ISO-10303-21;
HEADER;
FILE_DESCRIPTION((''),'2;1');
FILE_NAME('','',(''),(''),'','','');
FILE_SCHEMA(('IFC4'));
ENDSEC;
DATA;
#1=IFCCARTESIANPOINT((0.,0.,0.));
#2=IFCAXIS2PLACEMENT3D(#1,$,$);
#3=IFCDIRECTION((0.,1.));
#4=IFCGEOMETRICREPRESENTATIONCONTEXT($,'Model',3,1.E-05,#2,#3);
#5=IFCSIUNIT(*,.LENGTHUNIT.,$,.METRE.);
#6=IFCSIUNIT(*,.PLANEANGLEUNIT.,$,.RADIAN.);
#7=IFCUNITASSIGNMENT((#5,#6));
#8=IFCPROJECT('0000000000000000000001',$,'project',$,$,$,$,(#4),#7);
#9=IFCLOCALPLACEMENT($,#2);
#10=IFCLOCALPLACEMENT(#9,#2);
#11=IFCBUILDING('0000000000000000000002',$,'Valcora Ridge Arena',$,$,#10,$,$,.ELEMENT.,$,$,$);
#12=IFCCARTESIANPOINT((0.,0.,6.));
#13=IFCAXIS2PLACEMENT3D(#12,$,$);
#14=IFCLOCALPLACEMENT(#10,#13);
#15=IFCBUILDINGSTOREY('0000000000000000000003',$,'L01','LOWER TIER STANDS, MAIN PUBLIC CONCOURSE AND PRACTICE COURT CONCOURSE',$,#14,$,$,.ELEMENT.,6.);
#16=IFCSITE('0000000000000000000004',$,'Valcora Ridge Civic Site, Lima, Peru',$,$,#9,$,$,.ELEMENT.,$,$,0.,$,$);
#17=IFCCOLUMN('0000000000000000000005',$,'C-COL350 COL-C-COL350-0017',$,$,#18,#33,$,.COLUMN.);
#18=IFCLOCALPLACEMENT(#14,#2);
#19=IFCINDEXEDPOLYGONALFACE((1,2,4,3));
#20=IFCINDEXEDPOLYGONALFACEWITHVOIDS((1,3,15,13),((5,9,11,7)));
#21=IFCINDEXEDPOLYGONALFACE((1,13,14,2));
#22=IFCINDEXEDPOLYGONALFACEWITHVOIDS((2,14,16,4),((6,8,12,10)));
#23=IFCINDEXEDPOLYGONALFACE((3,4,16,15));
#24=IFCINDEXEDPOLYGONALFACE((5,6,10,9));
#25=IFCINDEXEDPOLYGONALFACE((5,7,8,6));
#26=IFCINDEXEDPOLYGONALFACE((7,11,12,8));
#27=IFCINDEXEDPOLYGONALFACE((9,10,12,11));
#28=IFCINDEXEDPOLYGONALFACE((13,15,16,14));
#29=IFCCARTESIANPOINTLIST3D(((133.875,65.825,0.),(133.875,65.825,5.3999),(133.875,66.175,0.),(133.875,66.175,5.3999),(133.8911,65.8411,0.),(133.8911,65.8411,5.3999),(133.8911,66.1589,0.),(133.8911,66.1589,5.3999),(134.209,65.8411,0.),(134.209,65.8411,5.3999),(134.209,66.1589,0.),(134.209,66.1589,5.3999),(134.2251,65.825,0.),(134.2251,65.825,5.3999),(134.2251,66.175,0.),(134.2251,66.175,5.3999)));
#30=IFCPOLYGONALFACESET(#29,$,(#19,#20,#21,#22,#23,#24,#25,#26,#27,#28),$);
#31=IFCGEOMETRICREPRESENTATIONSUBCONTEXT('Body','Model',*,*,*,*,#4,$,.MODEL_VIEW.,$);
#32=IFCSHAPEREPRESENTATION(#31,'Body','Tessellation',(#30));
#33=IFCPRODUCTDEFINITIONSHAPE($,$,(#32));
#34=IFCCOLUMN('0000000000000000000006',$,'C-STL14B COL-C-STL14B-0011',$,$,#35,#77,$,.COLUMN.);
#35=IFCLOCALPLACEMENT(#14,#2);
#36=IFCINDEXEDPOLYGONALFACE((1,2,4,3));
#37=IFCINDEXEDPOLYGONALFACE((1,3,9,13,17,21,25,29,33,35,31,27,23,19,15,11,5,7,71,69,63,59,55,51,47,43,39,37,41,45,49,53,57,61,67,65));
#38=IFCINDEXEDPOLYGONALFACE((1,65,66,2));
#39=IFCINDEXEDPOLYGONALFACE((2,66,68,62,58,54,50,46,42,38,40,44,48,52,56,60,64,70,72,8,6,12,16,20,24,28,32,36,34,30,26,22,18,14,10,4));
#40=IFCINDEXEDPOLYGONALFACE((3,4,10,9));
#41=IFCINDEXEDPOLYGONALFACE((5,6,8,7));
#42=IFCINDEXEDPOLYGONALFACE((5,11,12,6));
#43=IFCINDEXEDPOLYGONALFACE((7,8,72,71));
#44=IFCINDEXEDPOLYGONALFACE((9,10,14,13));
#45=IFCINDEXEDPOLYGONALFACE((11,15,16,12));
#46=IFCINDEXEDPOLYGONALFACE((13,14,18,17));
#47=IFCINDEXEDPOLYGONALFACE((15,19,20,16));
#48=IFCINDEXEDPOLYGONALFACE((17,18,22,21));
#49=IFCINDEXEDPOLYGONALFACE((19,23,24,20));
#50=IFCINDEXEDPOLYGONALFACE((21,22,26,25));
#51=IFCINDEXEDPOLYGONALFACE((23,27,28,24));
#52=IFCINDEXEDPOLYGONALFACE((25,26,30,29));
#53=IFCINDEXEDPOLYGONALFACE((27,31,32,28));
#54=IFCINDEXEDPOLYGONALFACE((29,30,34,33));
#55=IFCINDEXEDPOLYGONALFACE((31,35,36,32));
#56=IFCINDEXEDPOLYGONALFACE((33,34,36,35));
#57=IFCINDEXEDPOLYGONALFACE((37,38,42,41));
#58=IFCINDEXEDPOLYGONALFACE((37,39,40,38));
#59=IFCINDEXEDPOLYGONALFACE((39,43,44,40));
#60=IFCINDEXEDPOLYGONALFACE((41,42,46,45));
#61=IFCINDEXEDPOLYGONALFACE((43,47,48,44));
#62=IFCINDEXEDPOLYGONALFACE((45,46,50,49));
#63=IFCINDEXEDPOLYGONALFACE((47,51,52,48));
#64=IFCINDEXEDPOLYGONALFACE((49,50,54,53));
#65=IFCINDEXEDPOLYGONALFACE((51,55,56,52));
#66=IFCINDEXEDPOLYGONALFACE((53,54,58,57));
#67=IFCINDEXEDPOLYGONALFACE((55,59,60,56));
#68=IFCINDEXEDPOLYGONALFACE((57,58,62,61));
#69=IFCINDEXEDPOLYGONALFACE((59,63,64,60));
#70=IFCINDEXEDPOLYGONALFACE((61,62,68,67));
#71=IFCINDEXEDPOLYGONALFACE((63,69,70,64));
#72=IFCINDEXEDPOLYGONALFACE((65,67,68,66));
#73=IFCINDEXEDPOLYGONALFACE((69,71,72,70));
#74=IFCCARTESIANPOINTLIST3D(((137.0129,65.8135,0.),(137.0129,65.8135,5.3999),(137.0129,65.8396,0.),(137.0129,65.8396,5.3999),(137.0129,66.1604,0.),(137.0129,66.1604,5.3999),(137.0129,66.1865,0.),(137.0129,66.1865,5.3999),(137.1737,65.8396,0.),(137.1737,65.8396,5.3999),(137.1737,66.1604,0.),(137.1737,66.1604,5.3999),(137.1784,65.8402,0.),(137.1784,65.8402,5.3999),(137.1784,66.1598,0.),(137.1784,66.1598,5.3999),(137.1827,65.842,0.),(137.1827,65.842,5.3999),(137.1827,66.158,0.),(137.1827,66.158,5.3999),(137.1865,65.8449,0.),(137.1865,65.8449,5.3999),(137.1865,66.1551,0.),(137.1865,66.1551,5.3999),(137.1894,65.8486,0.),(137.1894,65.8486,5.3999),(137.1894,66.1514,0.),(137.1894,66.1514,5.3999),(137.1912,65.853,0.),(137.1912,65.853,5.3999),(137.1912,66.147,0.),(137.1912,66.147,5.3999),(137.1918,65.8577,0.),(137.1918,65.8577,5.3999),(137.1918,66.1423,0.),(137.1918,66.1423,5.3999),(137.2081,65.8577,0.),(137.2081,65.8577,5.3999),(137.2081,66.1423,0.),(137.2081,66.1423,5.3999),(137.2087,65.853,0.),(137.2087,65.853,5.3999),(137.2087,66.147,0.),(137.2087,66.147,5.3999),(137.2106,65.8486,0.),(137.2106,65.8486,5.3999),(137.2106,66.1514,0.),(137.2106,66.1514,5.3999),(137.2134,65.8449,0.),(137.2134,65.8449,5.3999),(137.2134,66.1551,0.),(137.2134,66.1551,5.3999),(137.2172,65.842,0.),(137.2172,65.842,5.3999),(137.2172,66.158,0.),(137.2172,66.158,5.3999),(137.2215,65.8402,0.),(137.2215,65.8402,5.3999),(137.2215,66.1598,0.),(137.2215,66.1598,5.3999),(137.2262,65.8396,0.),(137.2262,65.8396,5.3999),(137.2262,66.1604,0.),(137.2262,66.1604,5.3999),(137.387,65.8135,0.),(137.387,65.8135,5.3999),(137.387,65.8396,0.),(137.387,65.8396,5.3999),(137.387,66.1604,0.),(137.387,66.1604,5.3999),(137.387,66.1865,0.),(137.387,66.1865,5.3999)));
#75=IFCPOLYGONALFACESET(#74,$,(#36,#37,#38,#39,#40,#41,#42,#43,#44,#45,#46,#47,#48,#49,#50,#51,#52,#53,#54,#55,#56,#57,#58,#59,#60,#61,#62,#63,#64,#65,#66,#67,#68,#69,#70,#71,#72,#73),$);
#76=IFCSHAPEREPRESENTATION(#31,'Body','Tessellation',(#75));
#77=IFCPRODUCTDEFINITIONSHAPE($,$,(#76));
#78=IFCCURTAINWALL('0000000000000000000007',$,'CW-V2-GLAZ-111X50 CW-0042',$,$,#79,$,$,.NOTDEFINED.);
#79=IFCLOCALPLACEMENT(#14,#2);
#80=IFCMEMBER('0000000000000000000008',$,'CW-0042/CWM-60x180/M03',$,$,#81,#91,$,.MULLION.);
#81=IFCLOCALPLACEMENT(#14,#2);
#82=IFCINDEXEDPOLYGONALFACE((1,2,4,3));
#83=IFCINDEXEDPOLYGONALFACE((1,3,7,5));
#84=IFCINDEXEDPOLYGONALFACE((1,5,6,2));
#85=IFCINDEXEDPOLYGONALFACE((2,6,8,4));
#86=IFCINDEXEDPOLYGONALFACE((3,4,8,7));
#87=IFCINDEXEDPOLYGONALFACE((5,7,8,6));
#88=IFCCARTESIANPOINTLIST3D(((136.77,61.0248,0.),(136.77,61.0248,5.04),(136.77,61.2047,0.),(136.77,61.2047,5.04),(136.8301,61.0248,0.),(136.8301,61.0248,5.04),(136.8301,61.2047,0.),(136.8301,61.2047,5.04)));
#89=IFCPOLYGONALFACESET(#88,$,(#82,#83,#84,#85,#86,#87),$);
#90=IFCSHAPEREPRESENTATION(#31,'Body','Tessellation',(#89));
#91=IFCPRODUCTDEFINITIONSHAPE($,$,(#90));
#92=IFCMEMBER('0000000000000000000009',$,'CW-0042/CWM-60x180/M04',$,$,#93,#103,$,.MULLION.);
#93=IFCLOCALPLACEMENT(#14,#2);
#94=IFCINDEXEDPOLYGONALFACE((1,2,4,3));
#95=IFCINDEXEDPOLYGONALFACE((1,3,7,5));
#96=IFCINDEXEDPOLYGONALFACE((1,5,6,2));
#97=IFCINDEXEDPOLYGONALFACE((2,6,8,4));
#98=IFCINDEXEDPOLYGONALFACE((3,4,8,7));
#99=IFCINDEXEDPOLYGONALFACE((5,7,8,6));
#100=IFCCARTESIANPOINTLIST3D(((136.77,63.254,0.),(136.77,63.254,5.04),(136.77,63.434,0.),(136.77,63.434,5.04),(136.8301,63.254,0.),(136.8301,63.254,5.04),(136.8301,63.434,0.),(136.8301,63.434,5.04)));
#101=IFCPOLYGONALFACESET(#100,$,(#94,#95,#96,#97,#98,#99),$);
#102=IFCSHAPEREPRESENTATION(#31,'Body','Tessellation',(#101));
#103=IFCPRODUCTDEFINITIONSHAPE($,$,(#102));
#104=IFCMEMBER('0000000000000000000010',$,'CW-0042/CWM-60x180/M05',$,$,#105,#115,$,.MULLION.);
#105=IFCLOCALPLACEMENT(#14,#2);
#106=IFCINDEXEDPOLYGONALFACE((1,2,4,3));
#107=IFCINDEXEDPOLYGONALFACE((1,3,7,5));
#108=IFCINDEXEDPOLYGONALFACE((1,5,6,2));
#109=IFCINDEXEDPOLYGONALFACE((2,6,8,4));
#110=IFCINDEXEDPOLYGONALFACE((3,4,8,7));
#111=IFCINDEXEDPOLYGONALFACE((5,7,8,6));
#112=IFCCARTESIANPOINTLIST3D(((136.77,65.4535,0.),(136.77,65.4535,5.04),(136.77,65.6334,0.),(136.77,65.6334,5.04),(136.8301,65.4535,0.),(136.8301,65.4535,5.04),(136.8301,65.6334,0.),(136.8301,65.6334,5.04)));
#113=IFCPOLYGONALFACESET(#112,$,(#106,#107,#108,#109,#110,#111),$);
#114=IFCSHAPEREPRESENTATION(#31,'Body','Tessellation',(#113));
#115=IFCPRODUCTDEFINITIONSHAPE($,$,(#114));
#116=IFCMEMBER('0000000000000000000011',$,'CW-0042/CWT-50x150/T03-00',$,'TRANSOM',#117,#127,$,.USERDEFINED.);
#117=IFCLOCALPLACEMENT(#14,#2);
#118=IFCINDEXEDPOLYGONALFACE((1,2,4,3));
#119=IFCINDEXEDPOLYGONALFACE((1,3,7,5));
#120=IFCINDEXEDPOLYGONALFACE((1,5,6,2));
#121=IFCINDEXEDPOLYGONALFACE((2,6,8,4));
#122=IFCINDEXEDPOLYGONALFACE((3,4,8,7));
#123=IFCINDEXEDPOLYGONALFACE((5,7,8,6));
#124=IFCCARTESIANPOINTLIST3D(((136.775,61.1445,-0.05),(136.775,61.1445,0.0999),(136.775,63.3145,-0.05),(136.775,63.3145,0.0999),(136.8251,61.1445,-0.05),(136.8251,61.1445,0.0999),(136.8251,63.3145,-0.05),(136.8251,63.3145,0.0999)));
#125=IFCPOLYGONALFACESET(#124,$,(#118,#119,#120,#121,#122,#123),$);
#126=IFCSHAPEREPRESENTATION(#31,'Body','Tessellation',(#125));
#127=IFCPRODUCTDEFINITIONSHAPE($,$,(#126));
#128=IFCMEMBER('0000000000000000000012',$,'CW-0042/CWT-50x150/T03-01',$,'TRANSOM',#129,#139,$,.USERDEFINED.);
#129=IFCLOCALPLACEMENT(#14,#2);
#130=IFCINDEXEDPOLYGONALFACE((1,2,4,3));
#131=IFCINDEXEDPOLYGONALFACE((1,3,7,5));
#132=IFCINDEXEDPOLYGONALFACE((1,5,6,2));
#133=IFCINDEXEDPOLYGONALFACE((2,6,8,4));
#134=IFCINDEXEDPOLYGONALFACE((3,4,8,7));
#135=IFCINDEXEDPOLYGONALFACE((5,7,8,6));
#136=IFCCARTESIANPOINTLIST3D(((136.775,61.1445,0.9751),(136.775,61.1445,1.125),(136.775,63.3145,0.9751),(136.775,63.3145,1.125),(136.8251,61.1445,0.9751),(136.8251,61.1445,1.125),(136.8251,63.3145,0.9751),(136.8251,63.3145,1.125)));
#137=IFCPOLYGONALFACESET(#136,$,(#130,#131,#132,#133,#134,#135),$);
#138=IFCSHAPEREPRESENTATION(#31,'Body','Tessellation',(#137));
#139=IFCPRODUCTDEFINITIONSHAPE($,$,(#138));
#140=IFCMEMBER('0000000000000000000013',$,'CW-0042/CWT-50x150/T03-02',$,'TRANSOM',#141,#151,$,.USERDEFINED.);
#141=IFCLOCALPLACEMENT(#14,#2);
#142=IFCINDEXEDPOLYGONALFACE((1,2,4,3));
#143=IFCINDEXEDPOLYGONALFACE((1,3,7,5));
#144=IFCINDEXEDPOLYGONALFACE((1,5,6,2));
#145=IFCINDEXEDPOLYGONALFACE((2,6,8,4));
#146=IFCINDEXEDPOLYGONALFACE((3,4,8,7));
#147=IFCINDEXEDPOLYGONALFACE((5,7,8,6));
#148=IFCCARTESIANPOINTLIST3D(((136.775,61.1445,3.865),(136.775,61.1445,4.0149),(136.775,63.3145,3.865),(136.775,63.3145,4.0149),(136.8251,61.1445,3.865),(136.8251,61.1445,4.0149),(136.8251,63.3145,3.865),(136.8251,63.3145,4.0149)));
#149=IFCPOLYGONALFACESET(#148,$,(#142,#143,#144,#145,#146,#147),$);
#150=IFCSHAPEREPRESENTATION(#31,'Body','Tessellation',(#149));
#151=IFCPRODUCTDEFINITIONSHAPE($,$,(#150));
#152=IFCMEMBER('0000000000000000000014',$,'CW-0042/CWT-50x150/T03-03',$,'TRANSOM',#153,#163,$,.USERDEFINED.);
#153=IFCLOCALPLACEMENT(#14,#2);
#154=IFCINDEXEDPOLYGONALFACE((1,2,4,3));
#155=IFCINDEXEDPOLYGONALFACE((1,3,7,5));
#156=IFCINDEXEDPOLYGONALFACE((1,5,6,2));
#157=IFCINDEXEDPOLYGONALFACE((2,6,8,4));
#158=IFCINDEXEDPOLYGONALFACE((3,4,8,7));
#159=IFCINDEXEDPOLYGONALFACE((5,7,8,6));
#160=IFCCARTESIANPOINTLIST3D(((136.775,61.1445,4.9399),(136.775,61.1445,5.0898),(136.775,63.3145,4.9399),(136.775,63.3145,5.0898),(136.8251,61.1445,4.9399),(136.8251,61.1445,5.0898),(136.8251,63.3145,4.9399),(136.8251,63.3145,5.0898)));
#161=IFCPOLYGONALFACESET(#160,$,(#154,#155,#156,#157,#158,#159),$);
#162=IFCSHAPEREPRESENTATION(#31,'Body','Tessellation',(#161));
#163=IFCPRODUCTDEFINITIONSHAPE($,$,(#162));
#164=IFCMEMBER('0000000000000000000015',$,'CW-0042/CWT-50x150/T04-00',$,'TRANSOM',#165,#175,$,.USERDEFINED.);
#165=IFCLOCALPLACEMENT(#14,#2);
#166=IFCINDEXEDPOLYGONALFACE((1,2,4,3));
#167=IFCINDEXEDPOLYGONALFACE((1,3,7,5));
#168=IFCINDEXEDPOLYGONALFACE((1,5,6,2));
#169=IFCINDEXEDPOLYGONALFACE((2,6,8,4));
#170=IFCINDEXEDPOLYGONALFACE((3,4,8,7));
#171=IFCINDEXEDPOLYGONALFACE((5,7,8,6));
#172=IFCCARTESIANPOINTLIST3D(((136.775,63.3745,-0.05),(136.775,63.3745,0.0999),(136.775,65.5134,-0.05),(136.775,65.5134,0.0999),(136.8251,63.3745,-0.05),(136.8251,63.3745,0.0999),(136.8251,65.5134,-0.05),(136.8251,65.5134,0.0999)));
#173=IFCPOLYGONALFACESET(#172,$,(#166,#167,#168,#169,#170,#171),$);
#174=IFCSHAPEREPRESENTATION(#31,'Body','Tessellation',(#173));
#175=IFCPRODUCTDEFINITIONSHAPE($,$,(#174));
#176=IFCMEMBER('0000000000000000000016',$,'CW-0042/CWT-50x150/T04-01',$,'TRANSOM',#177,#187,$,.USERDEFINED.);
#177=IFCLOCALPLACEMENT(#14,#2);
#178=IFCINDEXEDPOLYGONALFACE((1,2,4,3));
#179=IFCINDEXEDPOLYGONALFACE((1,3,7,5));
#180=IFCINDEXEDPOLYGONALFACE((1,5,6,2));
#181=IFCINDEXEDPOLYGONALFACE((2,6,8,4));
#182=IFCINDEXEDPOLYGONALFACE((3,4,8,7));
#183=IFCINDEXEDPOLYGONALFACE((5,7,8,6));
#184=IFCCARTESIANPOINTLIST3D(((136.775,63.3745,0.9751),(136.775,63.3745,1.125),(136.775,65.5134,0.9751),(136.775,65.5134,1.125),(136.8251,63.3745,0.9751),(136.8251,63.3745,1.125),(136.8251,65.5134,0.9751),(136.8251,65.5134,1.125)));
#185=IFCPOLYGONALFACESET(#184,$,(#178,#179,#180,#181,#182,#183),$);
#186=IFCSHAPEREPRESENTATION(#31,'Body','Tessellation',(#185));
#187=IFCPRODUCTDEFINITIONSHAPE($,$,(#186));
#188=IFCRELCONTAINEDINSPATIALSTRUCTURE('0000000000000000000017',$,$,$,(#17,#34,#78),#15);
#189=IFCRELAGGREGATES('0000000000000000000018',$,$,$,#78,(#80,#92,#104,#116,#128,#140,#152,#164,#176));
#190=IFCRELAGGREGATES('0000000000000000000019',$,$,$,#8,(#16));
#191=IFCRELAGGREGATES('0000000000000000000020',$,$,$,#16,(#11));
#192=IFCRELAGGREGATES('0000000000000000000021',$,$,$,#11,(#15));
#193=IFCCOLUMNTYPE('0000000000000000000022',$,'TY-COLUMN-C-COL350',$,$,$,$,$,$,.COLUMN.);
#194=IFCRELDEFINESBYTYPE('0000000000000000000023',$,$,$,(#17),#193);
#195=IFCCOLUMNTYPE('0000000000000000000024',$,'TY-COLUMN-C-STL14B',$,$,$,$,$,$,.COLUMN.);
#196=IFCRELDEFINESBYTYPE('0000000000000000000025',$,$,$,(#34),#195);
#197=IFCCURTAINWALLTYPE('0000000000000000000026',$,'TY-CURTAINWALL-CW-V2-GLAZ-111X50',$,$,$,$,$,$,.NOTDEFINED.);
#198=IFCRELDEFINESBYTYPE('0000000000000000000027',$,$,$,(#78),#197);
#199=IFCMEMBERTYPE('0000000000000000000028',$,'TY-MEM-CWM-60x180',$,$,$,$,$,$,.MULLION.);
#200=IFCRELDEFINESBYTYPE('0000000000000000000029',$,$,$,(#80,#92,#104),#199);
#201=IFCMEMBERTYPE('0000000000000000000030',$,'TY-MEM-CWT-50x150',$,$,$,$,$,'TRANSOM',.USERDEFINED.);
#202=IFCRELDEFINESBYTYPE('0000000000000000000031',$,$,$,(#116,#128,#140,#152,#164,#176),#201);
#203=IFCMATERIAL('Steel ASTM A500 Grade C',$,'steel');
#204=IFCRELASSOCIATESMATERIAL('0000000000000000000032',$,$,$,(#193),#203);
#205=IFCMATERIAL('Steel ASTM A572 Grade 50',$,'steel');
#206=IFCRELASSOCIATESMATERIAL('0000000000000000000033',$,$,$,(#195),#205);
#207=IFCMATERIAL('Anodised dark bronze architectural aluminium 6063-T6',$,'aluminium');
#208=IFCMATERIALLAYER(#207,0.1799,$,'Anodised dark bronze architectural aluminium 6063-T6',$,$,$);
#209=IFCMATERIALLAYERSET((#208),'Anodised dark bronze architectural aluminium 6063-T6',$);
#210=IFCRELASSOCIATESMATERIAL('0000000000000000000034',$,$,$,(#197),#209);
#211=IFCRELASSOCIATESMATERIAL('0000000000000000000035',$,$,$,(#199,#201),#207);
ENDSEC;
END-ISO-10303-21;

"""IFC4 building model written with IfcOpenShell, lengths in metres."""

from ifc_helpers import new_model, si_unit, direction, frame, origin, origin_2d, place, context, subcontext, project, spatial, rectangle, hollow_rectangle, i_section, extrude, material, layer, layer_set, material_profile, profile_set, type_object, element, aggregate, save


model = new_model("IFC4")

# Units and contexts
model_context = context("Model", 3, precision=1e-05, world=origin(), true_north=direction((0.0, 1.0)))
body_context = subcontext(model_context, "Body", "Model", "MODEL_VIEW")
ifc_project = project(units=[si_unit("LENGTHUNIT", "METRE"), si_unit("PLANEANGLEUNIT", "RADIAN")], contexts=[model_context])

# Site, building, storey
site_placement = place(None, origin())
site = spatial("IfcSite", under=ifc_project, at=site_placement, Name="Valcora Ridge Civic Site, Lima, Peru", CompositionType="ELEMENT", RefElevation=0.0)
building_placement = place(site_placement, origin())
building = spatial("IfcBuilding", under=site, at=building_placement, Name="Valcora Ridge Arena", CompositionType="ELEMENT")
storey_placement = place(building_placement, frame((0.0, 0.0, 6.0)))
storey = spatial("IfcBuildingStorey", under=building, at=storey_placement, Name="L01", Description="LOWER TIER STANDS, MAIN PUBLIC CONCOURSE AND PRACTICE COURT CONCOURSE", CompositionType="ELEMENT", Elevation=6.0)

# Columns
ifc_material_1 = material(Name="Steel ASTM A500 Grade C", Category="steel")
ifc_material_profile_1 = material_profile(ifc_material_1, hollow_rectangle(XDim=0.3501, YDim=0.3501, WallThickness=0.0161, at=origin_2d()), Name="HSS350X350X16")
ifc_profile_set_1 = profile_set([ifc_material_profile_1], Name="Steel ASTM A500 Grade C")
column_type_1 = type_object("IfcColumnType", Name="TY-COLUMN-C-COL350", PredefinedType="COLUMN", material=ifc_profile_set_1)
column_1_placement = place(storey_placement, frame((134.05, 66.0, 0.0), z_axis=(0.0, 0.0, 1.0), x_axis=(1.0, 0.0, 0.0)))
element("IfcColumn", 1, at=column_1_placement, inside=storey, type_object=column_type_1, Name="C-COL350 COL-C-COL350-0017", PredefinedType="COLUMN", context=body_context, shape_type="SweptSolid", body=[
    extrude(hollow_rectangle(XDim=0.3501, YDim=0.3501, WallThickness=0.0161, at=origin_2d()), origin(), (0.0, 0.0, 1.0), 5.3999),
])
ifc_material_2 = material(Name="Steel ASTM A572 Grade 50", Category="steel")
ifc_material_profile_2 = material_profile(ifc_material_2, i_section(OverallWidth=0.374, OverallDepth=0.373, WebThickness=0.0164, FlangeThickness=0.0261, FilletRadius=0.0181, at=origin_2d()), Name="W14X132")
ifc_profile_set_2 = profile_set([ifc_material_profile_2], Name="Steel ASTM A572 Grade 50")
column_type_2 = type_object("IfcColumnType", Name="TY-COLUMN-C-STL14B", PredefinedType="COLUMN", material=ifc_profile_set_2)
column_2_placement = place(storey_placement, frame((137.2, 66.0, 0.0), z_axis=(0.0, 0.0, 1.0), x_axis=(1.0, 0.0, 0.0)))
element("IfcColumn", 2, at=column_2_placement, inside=storey, type_object=column_type_2, Name="C-STL14B COL-C-STL14B-0011", PredefinedType="COLUMN", context=body_context, shape_type="SweptSolid", body=[
    extrude(i_section(OverallWidth=0.374, OverallDepth=0.373, WebThickness=0.0164, FlangeThickness=0.0261, FilletRadius=0.0181, at=origin_2d()), origin(), (0.0, 0.0, 1.0), 5.3999),
])

# Curtain wall, members
ifc_material_3 = material(Name="Anodised dark bronze architectural aluminium 6063-T6", Category="aluminium")
ifc_layer_1 = layer(ifc_material_3, 0.1799, Name="Anodised dark bronze architectural aluminium 6063-T6")
ifc_layer_set_1 = layer_set([ifc_layer_1], Name="Anodised dark bronze architectural aluminium 6063-T6")
curtain_wall_type = type_object("IfcCurtainWallType", Name="TY-CURTAINWALL-CW-V2-GLAZ-111X50", PredefinedType="NOTDEFINED", material=ifc_layer_set_1)
curtain_wall_placement = place(storey_placement, origin())
curtain_wall = element("IfcCurtainWall", 3, at=curtain_wall_placement, inside=storey, type_object=curtain_wall_type, Name="CW-V2-GLAZ-111X50 CW-0042", PredefinedType="NOTDEFINED")
ifc_material_profile_3 = material_profile(ifc_material_3, rectangle(XDim=0.0601, YDim=0.1799, at=origin_2d()), Name="ALU MULLION 60x180")
ifc_profile_set_3 = profile_set([ifc_material_profile_3], Name="Anodised dark bronze architectural aluminium 6063-T6")
member_type_1 = type_object("IfcMemberType", Name="TY-MEM-CWM-60x180", PredefinedType="MULLION", material=ifc_profile_set_3)
member_1_placement = place(storey_placement, frame((136.8, 61.1147, 0.0), z_axis=(0.0, 0.0, 1.0), x_axis=(-1.0, 0.0, 0.0)))
member_1 = element("IfcMember", 4, at=member_1_placement, type_object=member_type_1, Name="CW-0042/CWM-60x180/M03", PredefinedType="MULLION", context=body_context, shape_type="SweptSolid", body=[
    extrude(rectangle(XDim=0.0601, YDim=0.1799, at=origin_2d()), origin(), (0.0, 0.0, 1.0), 5.04),
])
member_2_placement = place(storey_placement, frame((136.8, 63.344, 0.0), z_axis=(0.0, 0.0, 1.0), x_axis=(-1.0, 0.0, 0.0)))
member_2 = element("IfcMember", 5, at=member_2_placement, type_object=member_type_1, Name="CW-0042/CWM-60x180/M04", PredefinedType="MULLION", context=body_context, shape_type="SweptSolid", body=[
    extrude(rectangle(XDim=0.0601, YDim=0.1799, at=origin_2d()), origin(), (0.0, 0.0, 1.0), 5.04),
])
member_3_placement = place(storey_placement, frame((136.8, 65.5435, 0.0), z_axis=(0.0, 0.0, 1.0), x_axis=(-1.0, 0.0, 0.0)))
member_3 = element("IfcMember", 6, at=member_3_placement, type_object=member_type_1, Name="CW-0042/CWM-60x180/M05", PredefinedType="MULLION", context=body_context, shape_type="SweptSolid", body=[
    extrude(rectangle(XDim=0.0601, YDim=0.1799, at=origin_2d()), origin(), (0.0, 0.0, 1.0), 5.04),
])
ifc_material_profile_4 = material_profile(ifc_material_3, rectangle(XDim=0.05, YDim=0.1499, at=origin_2d()), Name="ALU TRANSOM 50x150")
ifc_profile_set_4 = profile_set([ifc_material_profile_4], Name="Anodised dark bronze architectural aluminium 6063-T6")
member_type_2 = type_object("IfcMemberType", Name="TY-MEM-CWT-50x150", ElementType="TRANSOM", PredefinedType="USERDEFINED", material=ifc_profile_set_4)
member_4_placement = place(storey_placement, frame((136.8, 61.1445, 0.0249), z_axis=(0.0, 1.0, 0.0), x_axis=(-1.0, 0.0, 0.0)))
member_4 = element("IfcMember", 7, at=member_4_placement, type_object=member_type_2, Name="CW-0042/CWT-50x150/T03-00", ObjectType="TRANSOM", PredefinedType="USERDEFINED", context=body_context, shape_type="SweptSolid", body=[
    extrude(rectangle(XDim=0.05, YDim=0.1499, at=origin_2d()), origin(), (0.0, 0.0, 1.0), 2.1699),
])
member_5_placement = place(storey_placement, frame((136.8, 61.1445, 1.05), z_axis=(0.0, 1.0, 0.0), x_axis=(-1.0, 0.0, 0.0)))
member_5 = element("IfcMember", 8, at=member_5_placement, type_object=member_type_2, Name="CW-0042/CWT-50x150/T03-01", ObjectType="TRANSOM", PredefinedType="USERDEFINED", context=body_context, shape_type="SweptSolid", body=[
    extrude(rectangle(XDim=0.05, YDim=0.1499, at=origin_2d()), origin(), (0.0, 0.0, 1.0), 2.1699),
])
member_6_placement = place(storey_placement, frame((136.8, 61.1445, 3.9399), z_axis=(0.0, 1.0, 0.0), x_axis=(-1.0, 0.0, 0.0)))
member_6 = element("IfcMember", 9, at=member_6_placement, type_object=member_type_2, Name="CW-0042/CWT-50x150/T03-02", ObjectType="TRANSOM", PredefinedType="USERDEFINED", context=body_context, shape_type="SweptSolid", body=[
    extrude(rectangle(XDim=0.05, YDim=0.1499, at=origin_2d()), origin(), (0.0, 0.0, 1.0), 2.1699),
])
member_7_placement = place(storey_placement, frame((136.8, 61.1445, 5.0149), z_axis=(0.0, 1.0, 0.0), x_axis=(-1.0, 0.0, 0.0)))
member_7 = element("IfcMember", 10, at=member_7_placement, type_object=member_type_2, Name="CW-0042/CWT-50x150/T03-03", ObjectType="TRANSOM", PredefinedType="USERDEFINED", context=body_context, shape_type="SweptSolid", body=[
    extrude(rectangle(XDim=0.05, YDim=0.1499, at=origin_2d()), origin(), (0.0, 0.0, 1.0), 2.1699),
])
member_8_placement = place(storey_placement, frame((136.8, 63.3745, 0.0249), z_axis=(0.0, 1.0, 0.0), x_axis=(-1.0, 0.0, 0.0)))
member_8 = element("IfcMember", 11, at=member_8_placement, type_object=member_type_2, Name="CW-0042/CWT-50x150/T04-00", ObjectType="TRANSOM", PredefinedType="USERDEFINED", context=body_context, shape_type="SweptSolid", body=[
    extrude(rectangle(XDim=0.05, YDim=0.1499, at=origin_2d()), origin(), (0.0, 0.0, 1.0), 2.1389),
])
member_9_placement = place(storey_placement, frame((136.8, 63.3745, 1.05), z_axis=(0.0, 1.0, 0.0), x_axis=(-1.0, 0.0, 0.0)))
member_9 = element("IfcMember", 12, at=member_9_placement, type_object=member_type_2, Name="CW-0042/CWT-50x150/T04-01", ObjectType="TRANSOM", PredefinedType="USERDEFINED", context=body_context, shape_type="SweptSolid", body=[
    extrude(rectangle(XDim=0.05, YDim=0.1499, at=origin_2d()), origin(), (0.0, 0.0, 1.0), 2.1389),
])
aggregate(curtain_wall, [member_1, member_2, member_3, member_4, member_5, member_6, member_7, member_8, member_9])

save(model, "model.ifc")
